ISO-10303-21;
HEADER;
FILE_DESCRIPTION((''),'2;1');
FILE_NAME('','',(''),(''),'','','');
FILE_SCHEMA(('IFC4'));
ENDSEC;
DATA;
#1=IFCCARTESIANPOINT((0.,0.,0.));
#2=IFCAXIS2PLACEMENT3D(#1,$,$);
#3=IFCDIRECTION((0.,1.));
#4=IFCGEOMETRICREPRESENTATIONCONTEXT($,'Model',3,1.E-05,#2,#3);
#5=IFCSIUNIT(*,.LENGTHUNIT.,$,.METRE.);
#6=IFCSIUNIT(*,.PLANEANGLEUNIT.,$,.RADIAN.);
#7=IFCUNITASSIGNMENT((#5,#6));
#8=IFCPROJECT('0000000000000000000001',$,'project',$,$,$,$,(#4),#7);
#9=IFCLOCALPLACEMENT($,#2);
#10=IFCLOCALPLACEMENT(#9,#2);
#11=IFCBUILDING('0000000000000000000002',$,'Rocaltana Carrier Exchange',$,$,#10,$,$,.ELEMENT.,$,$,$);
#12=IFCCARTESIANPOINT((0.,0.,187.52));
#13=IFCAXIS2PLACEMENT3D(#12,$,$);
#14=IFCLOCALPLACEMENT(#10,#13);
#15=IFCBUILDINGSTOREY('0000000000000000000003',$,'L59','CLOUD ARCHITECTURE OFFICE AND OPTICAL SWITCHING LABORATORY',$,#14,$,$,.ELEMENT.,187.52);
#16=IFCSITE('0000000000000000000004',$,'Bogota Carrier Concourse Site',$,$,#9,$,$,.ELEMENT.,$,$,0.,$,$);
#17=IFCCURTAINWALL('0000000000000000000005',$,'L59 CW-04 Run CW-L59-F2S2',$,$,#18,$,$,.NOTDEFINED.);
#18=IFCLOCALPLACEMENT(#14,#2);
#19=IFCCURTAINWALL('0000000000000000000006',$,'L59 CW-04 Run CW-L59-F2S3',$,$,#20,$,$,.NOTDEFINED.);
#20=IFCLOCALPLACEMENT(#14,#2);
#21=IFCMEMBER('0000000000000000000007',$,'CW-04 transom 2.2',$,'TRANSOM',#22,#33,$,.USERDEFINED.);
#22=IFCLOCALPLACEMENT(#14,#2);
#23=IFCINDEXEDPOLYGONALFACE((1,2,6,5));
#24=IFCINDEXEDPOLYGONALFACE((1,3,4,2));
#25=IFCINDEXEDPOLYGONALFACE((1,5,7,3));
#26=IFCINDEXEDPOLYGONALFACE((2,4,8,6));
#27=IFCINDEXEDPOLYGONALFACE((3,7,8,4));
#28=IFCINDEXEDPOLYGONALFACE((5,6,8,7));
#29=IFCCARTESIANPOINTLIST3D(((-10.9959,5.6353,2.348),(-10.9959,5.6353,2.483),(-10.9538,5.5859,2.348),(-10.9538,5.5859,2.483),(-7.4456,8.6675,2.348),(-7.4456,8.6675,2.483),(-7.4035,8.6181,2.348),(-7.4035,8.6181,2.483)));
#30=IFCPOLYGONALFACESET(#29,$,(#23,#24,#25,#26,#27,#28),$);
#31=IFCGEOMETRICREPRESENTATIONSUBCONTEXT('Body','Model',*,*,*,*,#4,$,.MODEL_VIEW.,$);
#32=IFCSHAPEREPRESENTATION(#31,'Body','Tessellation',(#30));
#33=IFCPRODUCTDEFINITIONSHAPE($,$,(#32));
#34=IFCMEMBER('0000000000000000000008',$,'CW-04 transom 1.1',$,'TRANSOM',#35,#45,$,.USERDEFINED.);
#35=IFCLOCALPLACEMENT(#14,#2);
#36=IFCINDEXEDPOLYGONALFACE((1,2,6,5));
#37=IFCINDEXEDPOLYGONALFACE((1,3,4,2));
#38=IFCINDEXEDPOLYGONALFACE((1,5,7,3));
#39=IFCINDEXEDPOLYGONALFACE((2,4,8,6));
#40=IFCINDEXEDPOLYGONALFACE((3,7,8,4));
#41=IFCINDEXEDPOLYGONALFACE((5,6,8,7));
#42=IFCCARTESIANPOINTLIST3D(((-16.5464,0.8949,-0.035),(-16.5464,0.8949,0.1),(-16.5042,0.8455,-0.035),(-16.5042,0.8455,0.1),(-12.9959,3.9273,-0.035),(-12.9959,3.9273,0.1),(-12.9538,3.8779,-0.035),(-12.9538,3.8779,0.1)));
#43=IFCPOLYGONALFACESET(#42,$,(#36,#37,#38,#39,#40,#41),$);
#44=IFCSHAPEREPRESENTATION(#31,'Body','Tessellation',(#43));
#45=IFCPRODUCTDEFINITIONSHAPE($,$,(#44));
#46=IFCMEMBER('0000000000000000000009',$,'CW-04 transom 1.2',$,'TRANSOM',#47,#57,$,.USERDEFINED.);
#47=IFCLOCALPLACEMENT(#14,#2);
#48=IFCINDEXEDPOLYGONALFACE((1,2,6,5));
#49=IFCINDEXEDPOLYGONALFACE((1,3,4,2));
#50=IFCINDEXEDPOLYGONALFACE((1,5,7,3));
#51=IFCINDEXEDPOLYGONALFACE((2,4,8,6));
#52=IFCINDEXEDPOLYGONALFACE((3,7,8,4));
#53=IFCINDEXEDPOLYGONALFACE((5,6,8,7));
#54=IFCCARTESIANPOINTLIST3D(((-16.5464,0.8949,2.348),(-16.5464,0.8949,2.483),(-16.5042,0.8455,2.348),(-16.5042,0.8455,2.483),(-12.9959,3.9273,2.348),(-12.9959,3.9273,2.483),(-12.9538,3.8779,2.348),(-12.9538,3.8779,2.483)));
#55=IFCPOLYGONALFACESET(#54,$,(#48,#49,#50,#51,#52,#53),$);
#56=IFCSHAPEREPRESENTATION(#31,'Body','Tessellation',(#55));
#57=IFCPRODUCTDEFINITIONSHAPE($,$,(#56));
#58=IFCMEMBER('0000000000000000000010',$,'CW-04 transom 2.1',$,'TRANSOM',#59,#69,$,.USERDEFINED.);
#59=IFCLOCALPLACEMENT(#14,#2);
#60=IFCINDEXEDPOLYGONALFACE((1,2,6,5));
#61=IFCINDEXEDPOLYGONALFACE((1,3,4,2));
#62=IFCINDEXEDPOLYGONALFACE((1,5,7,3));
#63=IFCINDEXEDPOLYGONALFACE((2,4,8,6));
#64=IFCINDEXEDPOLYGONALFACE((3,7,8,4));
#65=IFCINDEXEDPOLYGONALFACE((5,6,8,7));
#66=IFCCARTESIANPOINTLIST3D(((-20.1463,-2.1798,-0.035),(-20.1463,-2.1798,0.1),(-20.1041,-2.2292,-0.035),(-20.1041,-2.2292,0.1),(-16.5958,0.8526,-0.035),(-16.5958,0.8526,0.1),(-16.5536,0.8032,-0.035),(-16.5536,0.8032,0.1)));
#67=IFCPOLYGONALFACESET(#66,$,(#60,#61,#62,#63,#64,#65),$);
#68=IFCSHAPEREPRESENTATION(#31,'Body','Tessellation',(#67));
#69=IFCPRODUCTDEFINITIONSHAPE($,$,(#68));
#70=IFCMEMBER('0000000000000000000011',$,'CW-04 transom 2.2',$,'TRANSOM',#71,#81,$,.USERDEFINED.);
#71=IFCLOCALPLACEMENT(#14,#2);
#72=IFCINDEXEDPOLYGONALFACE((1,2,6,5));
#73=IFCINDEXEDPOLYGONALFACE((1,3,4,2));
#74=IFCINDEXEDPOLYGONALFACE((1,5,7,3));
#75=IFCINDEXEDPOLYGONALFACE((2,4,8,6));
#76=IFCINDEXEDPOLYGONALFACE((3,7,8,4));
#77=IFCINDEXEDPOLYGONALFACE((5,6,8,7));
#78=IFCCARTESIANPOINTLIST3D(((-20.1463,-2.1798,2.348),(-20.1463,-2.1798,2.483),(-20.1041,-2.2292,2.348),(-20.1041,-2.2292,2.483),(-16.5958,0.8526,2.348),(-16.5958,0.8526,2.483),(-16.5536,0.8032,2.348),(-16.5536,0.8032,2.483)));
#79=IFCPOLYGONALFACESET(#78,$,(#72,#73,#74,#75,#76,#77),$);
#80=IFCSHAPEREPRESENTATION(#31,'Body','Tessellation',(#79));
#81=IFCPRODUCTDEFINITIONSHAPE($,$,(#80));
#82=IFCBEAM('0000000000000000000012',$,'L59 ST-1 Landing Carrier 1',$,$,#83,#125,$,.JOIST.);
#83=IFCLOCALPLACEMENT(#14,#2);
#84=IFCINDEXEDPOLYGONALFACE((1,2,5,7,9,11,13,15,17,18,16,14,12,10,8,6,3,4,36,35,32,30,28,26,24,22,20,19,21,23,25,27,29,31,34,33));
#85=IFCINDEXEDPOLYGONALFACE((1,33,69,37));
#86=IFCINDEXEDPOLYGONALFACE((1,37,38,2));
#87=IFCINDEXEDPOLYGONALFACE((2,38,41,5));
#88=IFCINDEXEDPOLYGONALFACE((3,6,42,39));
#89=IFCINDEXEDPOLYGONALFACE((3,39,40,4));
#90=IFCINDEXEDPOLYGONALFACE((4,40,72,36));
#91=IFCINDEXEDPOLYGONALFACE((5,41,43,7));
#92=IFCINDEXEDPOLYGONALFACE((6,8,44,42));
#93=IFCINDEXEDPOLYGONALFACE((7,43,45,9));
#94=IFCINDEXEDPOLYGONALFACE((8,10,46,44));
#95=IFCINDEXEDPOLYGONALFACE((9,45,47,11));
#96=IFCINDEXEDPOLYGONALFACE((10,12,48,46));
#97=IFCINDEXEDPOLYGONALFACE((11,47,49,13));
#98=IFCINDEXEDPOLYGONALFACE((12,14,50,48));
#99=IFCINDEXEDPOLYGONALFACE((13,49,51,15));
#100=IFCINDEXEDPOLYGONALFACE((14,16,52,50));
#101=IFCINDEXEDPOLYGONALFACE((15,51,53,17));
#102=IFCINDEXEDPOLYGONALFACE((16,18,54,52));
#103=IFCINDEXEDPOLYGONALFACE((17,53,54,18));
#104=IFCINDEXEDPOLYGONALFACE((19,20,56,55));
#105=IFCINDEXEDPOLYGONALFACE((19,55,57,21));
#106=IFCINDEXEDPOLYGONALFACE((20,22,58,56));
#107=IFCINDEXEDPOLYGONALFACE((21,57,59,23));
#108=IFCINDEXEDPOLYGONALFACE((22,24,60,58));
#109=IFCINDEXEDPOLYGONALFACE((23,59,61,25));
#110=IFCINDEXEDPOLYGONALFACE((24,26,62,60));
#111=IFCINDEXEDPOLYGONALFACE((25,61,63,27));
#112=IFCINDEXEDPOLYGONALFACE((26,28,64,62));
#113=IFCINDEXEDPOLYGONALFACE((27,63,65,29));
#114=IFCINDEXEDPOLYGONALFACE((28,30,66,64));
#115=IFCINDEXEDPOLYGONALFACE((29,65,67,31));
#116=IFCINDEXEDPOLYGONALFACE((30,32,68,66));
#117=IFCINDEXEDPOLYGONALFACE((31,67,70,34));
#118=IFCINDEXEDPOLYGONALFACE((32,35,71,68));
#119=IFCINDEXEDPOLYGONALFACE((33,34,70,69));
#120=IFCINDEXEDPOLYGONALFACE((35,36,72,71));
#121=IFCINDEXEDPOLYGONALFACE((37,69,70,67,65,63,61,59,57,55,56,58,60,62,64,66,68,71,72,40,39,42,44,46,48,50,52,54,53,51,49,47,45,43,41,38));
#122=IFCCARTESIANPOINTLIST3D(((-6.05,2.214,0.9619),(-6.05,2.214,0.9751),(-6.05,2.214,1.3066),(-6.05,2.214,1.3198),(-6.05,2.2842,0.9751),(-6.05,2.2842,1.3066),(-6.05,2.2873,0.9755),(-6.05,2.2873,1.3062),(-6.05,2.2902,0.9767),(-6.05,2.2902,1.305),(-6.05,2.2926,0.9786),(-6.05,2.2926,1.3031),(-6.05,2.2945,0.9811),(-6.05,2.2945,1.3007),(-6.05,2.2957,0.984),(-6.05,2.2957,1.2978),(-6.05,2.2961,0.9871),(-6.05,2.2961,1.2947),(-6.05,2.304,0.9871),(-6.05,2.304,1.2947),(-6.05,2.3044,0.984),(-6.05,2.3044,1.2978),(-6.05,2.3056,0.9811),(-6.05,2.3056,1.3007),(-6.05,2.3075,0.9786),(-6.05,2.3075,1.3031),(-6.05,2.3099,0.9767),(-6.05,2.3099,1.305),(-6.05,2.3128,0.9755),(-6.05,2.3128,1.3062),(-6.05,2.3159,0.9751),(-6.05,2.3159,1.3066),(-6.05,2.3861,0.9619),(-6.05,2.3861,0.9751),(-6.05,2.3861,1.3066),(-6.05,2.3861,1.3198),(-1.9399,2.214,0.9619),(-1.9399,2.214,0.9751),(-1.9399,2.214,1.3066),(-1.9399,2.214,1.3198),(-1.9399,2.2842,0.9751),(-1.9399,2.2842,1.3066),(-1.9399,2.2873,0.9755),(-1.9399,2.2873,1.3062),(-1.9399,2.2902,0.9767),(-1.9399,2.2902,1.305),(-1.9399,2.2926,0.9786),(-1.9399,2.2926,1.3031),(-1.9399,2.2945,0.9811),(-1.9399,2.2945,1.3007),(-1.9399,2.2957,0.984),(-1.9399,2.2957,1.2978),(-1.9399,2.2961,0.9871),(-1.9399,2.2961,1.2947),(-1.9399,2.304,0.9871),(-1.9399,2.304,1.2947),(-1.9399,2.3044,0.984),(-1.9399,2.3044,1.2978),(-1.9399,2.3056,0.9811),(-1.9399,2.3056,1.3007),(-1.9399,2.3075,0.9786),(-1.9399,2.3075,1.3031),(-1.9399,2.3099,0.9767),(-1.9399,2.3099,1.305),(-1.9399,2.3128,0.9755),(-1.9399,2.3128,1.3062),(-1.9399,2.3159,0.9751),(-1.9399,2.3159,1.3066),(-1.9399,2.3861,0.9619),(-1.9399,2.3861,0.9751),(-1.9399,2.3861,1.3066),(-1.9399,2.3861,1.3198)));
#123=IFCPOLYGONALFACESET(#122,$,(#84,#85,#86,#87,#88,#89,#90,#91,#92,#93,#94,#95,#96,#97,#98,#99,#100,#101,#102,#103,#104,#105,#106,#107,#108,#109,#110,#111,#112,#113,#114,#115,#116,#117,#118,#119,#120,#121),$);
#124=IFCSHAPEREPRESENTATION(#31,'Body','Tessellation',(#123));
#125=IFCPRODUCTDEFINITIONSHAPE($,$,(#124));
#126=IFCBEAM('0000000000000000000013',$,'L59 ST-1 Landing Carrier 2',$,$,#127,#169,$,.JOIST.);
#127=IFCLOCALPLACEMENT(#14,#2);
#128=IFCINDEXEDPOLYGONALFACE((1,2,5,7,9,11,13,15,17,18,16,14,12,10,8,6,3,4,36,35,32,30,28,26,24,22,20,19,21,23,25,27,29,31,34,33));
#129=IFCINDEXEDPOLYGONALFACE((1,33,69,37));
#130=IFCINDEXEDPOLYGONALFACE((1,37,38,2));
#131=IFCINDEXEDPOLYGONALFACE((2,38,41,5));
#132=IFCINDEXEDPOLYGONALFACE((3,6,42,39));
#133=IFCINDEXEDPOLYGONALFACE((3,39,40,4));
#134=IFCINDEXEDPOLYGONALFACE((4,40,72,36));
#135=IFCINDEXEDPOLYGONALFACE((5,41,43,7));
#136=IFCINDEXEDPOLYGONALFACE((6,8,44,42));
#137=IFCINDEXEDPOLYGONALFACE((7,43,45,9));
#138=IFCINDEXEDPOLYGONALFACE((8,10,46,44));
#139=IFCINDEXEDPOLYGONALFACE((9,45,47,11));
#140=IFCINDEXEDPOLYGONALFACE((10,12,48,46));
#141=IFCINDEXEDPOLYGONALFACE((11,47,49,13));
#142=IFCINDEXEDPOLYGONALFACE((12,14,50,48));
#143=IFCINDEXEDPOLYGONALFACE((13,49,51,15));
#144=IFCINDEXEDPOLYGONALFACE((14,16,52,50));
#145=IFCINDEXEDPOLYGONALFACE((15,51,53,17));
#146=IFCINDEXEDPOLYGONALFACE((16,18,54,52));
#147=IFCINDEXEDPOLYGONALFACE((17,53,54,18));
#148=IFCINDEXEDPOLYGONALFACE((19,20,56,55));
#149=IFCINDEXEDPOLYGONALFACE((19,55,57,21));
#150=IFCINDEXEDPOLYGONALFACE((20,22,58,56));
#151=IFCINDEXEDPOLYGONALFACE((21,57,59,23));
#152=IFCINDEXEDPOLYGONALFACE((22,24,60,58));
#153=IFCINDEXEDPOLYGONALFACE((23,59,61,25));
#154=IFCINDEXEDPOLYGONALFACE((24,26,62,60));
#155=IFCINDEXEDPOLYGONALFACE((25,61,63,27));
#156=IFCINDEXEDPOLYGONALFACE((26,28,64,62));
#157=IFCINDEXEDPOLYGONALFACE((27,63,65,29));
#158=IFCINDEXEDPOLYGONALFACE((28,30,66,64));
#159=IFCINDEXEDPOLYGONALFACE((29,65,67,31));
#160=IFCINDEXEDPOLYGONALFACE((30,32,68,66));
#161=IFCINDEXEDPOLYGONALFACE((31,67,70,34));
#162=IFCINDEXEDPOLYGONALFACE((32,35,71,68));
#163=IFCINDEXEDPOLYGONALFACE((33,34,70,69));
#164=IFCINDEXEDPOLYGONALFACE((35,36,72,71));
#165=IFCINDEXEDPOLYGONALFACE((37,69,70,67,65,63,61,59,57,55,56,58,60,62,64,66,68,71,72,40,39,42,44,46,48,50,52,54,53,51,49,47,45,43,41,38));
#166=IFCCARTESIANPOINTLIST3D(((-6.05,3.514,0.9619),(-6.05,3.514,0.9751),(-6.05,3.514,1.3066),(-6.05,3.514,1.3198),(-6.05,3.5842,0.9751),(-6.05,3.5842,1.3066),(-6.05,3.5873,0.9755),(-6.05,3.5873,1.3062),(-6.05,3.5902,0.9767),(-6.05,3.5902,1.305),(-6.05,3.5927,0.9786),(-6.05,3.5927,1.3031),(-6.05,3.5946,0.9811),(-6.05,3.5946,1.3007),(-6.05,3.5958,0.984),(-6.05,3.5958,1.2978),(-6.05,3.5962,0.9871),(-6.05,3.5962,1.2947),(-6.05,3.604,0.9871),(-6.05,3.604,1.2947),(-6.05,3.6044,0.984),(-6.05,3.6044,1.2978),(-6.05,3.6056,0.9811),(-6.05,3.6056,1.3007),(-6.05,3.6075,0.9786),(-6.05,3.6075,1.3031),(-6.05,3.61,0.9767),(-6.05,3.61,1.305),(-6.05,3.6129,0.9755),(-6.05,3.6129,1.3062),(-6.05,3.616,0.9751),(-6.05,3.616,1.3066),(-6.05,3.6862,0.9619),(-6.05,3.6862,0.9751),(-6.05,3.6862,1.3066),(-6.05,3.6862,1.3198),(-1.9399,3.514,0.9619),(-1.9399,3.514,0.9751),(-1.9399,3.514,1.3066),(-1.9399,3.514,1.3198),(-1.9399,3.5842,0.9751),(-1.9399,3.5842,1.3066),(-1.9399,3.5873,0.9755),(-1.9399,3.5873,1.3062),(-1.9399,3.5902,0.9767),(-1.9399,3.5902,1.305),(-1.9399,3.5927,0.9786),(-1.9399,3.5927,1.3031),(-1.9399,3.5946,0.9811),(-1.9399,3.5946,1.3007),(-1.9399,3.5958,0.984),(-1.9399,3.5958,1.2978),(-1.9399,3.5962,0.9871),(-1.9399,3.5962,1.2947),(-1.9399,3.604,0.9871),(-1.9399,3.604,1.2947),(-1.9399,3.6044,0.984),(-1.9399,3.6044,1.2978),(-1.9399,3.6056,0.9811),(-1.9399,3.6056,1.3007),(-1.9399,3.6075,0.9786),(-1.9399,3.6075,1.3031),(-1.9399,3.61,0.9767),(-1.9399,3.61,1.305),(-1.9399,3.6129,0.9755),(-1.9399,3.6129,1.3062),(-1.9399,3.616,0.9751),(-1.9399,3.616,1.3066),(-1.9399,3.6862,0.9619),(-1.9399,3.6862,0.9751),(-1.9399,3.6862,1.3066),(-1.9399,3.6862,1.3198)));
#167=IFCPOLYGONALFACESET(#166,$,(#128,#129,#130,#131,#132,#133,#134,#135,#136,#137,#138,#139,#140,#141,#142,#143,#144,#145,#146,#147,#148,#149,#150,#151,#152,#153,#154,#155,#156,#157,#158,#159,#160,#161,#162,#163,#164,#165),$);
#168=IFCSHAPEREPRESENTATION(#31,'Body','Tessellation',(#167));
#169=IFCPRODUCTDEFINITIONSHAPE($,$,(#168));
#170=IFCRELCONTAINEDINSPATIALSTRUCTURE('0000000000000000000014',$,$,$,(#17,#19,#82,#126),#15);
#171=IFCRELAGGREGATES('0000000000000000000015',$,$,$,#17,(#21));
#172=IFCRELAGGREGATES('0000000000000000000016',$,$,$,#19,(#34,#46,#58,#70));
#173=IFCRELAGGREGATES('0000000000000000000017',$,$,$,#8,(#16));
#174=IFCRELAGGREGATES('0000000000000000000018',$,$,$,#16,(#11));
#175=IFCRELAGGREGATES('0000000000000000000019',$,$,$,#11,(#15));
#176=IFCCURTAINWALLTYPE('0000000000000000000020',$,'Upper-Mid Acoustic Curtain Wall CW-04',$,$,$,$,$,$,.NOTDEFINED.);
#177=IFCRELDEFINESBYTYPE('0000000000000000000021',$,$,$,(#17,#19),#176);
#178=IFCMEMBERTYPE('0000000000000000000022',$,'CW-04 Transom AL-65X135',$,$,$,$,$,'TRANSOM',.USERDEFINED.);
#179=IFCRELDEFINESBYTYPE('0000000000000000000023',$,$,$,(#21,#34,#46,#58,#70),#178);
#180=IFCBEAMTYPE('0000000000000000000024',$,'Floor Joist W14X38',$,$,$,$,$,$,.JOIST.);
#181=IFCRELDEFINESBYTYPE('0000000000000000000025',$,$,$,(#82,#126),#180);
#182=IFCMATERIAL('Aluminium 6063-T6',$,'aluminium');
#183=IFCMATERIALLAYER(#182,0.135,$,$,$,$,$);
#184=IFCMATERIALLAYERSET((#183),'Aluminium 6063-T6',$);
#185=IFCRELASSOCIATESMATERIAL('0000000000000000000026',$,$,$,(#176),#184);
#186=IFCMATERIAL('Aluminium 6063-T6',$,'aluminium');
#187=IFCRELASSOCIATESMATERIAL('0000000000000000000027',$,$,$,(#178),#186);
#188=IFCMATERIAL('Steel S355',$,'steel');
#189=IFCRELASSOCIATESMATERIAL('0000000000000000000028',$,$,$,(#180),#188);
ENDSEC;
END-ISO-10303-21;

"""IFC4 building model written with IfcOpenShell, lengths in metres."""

from ifc_helpers import new_model, si_unit, direction, frame, origin, origin_2d, place, context, subcontext, project, spatial, rectangle, i_section, extrude, material, layer, layer_set, material_profile, profile_set, type_object, element, aggregate, save


model = new_model("IFC4")

# Units and contexts
model_context = context("Model", 3, precision=1e-05, world=origin(), true_north=direction((0.0, 1.0)))
body_context = subcontext(model_context, "Body", "Model", "MODEL_VIEW")
ifc_project = project(units=[si_unit("LENGTHUNIT", "METRE"), si_unit("PLANEANGLEUNIT", "RADIAN")], contexts=[model_context])

# Site, building, storey
site_placement = place(None, origin())
site = spatial("IfcSite", under=ifc_project, at=site_placement, Name="Bogota Carrier Concourse Site", CompositionType="ELEMENT", RefElevation=0.0)
building_placement = place(site_placement, origin())
building = spatial("IfcBuilding", under=site, at=building_placement, Name="Rocaltana Carrier Exchange", CompositionType="ELEMENT")
storey_placement = place(building_placement, frame((0.0, 0.0, 187.52)))
storey = spatial("IfcBuildingStorey", under=building, at=storey_placement, Name="L59", Description="CLOUD ARCHITECTURE OFFICE AND OPTICAL SWITCHING LABORATORY", CompositionType="ELEMENT", Elevation=187.52)

# Curtain walls
ifc_material_1 = material(Name="Aluminium 6063-T6", Category="aluminium")
ifc_layer_1 = layer(ifc_material_1, 0.135)
ifc_layer_set_1 = layer_set([ifc_layer_1], Name="Aluminium 6063-T6")
curtain_wall_type = type_object("IfcCurtainWallType", Name="Upper-Mid Acoustic Curtain Wall CW-04", PredefinedType="NOTDEFINED", material=ifc_layer_set_1)
curtain_wall_1_placement = place(storey_placement, origin())
curtain_wall_1 = element("IfcCurtainWall", 1, at=curtain_wall_1_placement, inside=storey, type_object=curtain_wall_type, Name="L59 CW-04 Run CW-L59-F2S2", PredefinedType="NOTDEFINED")
curtain_wall_2_placement = place(storey_placement, origin())
curtain_wall_2 = element("IfcCurtainWall", 2, at=curtain_wall_2_placement, inside=storey, type_object=curtain_wall_type, Name="L59 CW-04 Run CW-L59-F2S3", PredefinedType="NOTDEFINED")

# Members
ifc_material_2 = material(Name="Aluminium 6063-T6", Category="aluminium")
ifc_material_profile_1 = material_profile(ifc_material_2, rectangle(XDim=0.0649, YDim=0.135, at=origin_2d()), Name="AL-65X135")
ifc_profile_set_1 = profile_set([ifc_material_profile_1], Name="Aluminium 6063-T6")
member_type_1 = type_object("IfcMemberType", Name="CW-04 Transom AL-65X135", ElementType="TRANSOM", PredefinedType="USERDEFINED", material=ifc_profile_set_1)
member_1_placement = place(storey_placement, frame((-7.4246, 8.6428, 2.4155), z_axis=(-0.760407, -0.649447, 0.0), x_axis=(0.649447, -0.760407, 0.0)))
member_1 = element("IfcMember", 3, at=member_1_placement, type_object=member_type_1, Name="CW-04 transom 2.2", ObjectType="TRANSOM", PredefinedType="USERDEFINED", context=body_context, shape_type="SweptSolid", body=[
    extrude(rectangle(XDim=0.0649, YDim=0.135, at=origin_2d()), origin(), (0.0, 0.0, 1.0), 4.6689),
])
member_2_placement = place(storey_placement, frame((-12.9749, 3.9026, 0.0325), z_axis=(-0.760403, -0.649451, 0.0), x_axis=(0.649451, -0.760403, 0.0)))
member_2 = element("IfcMember", 4, at=member_2_placement, type_object=member_type_1, Name="CW-04 transom 1.1", ObjectType="TRANSOM", PredefinedType="USERDEFINED", context=body_context, shape_type="SweptSolid", body=[
    extrude(rectangle(XDim=0.0649, YDim=0.135, at=origin_2d()), origin(), (0.0, 0.0, 1.0), 4.6692),
])
member_3_placement = place(storey_placement, frame((-12.9749, 3.9026, 2.4155), z_axis=(-0.760403, -0.649451, 0.0), x_axis=(0.649451, -0.760403, 0.0)))
member_3 = element("IfcMember", 5, at=member_3_placement, type_object=member_type_1, Name="CW-04 transom 1.2", ObjectType="TRANSOM", PredefinedType="USERDEFINED", context=body_context, shape_type="SweptSolid", body=[
    extrude(rectangle(XDim=0.0649, YDim=0.135, at=origin_2d()), origin(), (0.0, 0.0, 1.0), 4.6692),
])
member_4_placement = place(storey_placement, frame((-16.5747, 0.8279, 0.0325), z_axis=(-0.760403, -0.649451, 0.0), x_axis=(0.649451, -0.760403, 0.0)))
member_4 = element("IfcMember", 6, at=member_4_placement, type_object=member_type_1, Name="CW-04 transom 2.1", ObjectType="TRANSOM", PredefinedType="USERDEFINED", context=body_context, shape_type="SweptSolid", body=[
    extrude(rectangle(XDim=0.0649, YDim=0.135, at=origin_2d()), origin(), (0.0, 0.0, 1.0), 4.6692),
])
member_5_placement = place(storey_placement, frame((-16.5747, 0.8279, 2.4155), z_axis=(-0.760403, -0.649451, 0.0), x_axis=(0.649451, -0.760403, 0.0)))
member_5 = element("IfcMember", 7, at=member_5_placement, type_object=member_type_1, Name="CW-04 transom 2.2", ObjectType="TRANSOM", PredefinedType="USERDEFINED", context=body_context, shape_type="SweptSolid", body=[
    extrude(rectangle(XDim=0.0649, YDim=0.135, at=origin_2d()), origin(), (0.0, 0.0, 1.0), 4.6692),
])

# Beams
ifc_material_3 = material(Name="Steel S355", Category="steel")
ifc_material_profile_2 = material_profile(ifc_material_3, i_section(OverallWidth=0.1721, OverallDepth=0.3579, WebThickness=0.0078, FlangeThickness=0.0132, FilletRadius=0.012, at=origin_2d()), Name="W14X38")
ifc_profile_set_2 = profile_set([ifc_material_profile_2], Name="Steel S355")
beam_type_1 = type_object("IfcBeamType", Name="Floor Joist W14X38", PredefinedType="JOIST", material=ifc_profile_set_2)
for number, where, z_axis, x_axis, name in (
    (8, (-6.05, 2.3, 1.1409), (1.0, 0.0, 0.0), (0.0, 1.0, 0.0), "L59 ST-1 Landing Carrier 1"),
    (9, (-6.05, 3.6001, 1.1409), (1.0, 0.0, 0.0), (0.0, 1.0, 0.0), "L59 ST-1 Landing Carrier 2"),
):
    element("IfcBeam", number, at=place(storey_placement, frame(where, z_axis=z_axis, x_axis=x_axis)), inside=storey, type_object=beam_type_1, Name=name, PredefinedType="JOIST", context=body_context, shape_type="SweptSolid", body=[
        extrude(i_section(OverallWidth=0.1721, OverallDepth=0.3579, WebThickness=0.0078, FlangeThickness=0.0132, FilletRadius=0.012, at=origin_2d()), origin(), (0.0, 0.0, 1.0), 4.1101),
    ])

aggregate(curtain_wall_1, [member_1])
aggregate(curtain_wall_2, [member_2, member_3, member_4, member_5])

save(model, "model.ifc")
